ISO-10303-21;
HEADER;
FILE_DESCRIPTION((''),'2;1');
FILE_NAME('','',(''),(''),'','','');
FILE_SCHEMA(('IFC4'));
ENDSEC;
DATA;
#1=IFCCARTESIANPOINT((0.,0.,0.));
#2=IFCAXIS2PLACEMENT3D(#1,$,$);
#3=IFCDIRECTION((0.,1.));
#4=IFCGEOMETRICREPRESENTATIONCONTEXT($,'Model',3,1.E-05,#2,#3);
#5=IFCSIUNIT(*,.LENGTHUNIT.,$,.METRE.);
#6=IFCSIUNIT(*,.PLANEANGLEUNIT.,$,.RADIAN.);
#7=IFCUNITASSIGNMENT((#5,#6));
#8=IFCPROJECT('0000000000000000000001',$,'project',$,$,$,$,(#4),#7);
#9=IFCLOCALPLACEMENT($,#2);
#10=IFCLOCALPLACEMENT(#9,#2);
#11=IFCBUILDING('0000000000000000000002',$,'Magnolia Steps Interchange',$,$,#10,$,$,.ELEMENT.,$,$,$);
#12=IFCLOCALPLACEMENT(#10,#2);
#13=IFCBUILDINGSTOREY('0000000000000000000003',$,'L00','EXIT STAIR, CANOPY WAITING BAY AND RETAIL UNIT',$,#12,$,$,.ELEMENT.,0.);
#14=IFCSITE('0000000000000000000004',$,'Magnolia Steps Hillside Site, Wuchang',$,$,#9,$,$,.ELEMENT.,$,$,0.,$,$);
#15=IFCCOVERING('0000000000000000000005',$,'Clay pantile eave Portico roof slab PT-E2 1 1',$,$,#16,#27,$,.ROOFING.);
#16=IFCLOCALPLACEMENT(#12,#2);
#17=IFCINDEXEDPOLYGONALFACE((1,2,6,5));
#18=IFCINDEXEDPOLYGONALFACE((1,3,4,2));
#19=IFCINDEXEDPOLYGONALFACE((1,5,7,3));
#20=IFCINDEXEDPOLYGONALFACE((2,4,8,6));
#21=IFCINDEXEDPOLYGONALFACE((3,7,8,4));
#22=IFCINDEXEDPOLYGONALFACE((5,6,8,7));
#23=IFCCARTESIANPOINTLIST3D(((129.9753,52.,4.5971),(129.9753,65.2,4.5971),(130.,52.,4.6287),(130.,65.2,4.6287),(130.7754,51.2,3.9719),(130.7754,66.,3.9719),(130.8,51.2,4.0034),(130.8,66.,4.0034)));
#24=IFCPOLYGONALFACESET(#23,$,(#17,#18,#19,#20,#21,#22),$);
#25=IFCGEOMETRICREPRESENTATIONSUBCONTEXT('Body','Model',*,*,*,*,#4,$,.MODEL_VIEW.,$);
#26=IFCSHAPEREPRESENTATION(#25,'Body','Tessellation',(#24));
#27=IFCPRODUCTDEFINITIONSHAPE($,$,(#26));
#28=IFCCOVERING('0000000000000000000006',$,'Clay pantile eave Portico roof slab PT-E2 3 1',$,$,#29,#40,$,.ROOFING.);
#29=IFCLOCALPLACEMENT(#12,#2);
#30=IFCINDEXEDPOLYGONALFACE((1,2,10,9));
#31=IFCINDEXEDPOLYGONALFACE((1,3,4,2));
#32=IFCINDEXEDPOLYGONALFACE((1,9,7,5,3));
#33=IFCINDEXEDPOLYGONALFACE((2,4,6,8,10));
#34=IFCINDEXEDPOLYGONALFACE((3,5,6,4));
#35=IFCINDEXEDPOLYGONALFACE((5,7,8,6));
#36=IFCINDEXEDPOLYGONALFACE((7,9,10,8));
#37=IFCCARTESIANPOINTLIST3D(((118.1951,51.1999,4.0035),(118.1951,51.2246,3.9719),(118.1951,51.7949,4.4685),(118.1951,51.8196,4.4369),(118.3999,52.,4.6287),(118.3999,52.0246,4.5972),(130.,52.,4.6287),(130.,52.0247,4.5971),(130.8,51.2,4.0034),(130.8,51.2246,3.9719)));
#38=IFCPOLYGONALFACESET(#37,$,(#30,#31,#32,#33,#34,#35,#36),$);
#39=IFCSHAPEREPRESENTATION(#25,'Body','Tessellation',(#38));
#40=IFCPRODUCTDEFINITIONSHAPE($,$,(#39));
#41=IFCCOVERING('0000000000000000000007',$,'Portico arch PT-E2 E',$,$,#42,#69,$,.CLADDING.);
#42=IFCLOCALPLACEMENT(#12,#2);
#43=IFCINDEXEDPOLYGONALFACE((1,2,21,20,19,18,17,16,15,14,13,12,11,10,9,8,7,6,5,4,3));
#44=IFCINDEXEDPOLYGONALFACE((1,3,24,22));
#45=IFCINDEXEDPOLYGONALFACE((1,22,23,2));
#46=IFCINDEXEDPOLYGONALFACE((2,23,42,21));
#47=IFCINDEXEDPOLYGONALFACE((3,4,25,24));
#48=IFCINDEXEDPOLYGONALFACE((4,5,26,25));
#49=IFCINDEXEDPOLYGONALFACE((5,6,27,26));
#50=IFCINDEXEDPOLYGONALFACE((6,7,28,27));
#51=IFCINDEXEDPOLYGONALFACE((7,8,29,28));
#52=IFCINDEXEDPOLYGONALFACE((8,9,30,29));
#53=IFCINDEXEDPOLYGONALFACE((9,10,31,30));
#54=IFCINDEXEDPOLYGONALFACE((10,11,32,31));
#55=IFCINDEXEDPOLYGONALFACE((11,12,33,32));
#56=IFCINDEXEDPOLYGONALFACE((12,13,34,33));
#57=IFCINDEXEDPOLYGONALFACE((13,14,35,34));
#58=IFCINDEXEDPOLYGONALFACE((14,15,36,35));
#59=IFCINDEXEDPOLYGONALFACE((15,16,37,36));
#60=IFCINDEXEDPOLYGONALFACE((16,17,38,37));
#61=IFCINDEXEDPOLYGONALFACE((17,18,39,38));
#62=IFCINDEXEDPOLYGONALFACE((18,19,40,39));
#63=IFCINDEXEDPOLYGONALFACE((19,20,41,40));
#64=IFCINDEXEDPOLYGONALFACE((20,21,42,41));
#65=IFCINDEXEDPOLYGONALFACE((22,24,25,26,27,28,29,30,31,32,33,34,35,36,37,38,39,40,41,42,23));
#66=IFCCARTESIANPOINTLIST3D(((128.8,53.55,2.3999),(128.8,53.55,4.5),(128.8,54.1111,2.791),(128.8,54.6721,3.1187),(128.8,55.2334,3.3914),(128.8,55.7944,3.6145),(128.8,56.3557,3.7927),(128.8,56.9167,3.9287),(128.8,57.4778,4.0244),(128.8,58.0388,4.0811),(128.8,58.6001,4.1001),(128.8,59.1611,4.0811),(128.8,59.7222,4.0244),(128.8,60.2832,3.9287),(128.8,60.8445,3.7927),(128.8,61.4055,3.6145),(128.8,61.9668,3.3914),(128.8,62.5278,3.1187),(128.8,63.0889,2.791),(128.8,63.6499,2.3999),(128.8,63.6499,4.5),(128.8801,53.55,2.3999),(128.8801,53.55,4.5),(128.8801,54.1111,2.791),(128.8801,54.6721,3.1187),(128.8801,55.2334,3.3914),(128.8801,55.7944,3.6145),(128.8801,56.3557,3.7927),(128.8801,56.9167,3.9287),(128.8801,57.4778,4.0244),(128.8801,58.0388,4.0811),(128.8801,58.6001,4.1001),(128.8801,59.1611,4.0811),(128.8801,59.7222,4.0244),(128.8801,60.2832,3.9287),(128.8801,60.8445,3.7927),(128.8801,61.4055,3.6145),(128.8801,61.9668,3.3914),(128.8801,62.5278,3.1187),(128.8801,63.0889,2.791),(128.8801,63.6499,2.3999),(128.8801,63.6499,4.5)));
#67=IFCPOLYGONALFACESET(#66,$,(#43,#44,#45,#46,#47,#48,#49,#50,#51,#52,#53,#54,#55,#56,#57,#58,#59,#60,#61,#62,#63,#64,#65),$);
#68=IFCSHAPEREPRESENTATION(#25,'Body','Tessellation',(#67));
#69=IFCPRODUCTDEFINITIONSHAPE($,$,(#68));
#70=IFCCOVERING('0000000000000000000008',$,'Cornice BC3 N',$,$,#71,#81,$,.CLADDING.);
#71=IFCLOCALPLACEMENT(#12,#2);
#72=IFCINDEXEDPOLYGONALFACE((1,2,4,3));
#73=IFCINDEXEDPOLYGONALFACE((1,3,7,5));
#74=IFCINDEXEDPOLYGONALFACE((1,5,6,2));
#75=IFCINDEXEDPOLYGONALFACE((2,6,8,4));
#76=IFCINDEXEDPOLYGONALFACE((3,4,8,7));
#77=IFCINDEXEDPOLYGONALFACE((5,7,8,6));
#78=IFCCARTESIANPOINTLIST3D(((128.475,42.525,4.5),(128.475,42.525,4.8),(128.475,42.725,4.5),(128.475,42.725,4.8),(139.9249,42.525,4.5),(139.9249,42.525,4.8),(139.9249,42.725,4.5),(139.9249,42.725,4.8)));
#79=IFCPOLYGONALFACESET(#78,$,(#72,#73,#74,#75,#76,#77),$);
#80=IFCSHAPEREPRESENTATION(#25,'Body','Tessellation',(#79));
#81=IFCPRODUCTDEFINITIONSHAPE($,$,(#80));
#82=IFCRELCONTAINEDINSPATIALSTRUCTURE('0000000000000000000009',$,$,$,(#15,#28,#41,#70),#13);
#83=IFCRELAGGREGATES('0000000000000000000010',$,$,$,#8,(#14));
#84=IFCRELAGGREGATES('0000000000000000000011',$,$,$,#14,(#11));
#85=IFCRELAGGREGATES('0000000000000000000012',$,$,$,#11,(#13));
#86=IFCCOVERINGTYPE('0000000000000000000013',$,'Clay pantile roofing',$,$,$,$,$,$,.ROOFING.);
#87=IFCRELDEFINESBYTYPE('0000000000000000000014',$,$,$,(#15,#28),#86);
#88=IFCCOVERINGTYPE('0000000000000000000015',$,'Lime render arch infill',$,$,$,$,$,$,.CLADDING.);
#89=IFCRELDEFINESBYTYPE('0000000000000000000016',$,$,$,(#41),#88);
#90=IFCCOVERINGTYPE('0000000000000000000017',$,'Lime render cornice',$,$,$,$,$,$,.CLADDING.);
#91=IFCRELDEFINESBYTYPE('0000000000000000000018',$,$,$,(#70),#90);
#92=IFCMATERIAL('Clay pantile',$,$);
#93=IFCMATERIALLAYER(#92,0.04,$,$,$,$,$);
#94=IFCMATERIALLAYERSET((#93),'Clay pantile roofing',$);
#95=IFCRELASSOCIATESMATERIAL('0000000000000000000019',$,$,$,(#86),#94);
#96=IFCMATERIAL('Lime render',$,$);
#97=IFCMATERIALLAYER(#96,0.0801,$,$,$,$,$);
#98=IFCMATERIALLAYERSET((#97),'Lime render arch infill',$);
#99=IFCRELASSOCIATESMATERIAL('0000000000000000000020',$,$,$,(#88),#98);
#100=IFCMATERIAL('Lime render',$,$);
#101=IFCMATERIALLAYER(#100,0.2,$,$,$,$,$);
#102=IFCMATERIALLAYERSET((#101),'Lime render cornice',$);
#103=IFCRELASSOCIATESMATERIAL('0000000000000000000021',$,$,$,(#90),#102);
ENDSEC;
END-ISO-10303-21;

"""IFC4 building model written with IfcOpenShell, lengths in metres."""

from ifc_helpers import new_model, si_unit, direction, frame, origin, origin_2d, place, context, subcontext, project, spatial, polyline, rectangle, outline, extrude, material, layer, layer_set, type_object, element, save


model = new_model("IFC4")

# Units and contexts
model_context = context("Model", 3, precision=1e-05, world=origin(), true_north=direction((0.0, 1.0)))
body_context = subcontext(model_context, "Body", "Model", "MODEL_VIEW")
ifc_project = project(units=[si_unit("LENGTHUNIT", "METRE"), si_unit("PLANEANGLEUNIT", "RADIAN")], contexts=[model_context])

# Site, building, storey
site_placement = place(None, origin())
site = spatial("IfcSite", under=ifc_project, at=site_placement, Name="Magnolia Steps Hillside Site, Wuchang", CompositionType="ELEMENT", RefElevation=0.0)
building_placement = place(site_placement, origin())
building = spatial("IfcBuilding", under=site, at=building_placement, Name="Magnolia Steps Interchange", CompositionType="ELEMENT")
storey_placement = place(building_placement, origin())
storey = spatial("IfcBuildingStorey", under=building, at=storey_placement, Name="L00", Description="EXIT STAIR, CANOPY WAITING BAY AND RETAIL UNIT", CompositionType="ELEMENT", Elevation=0.0)

# Coverings
ifc_material_1 = material(Name="Clay pantile")
ifc_layer_1 = layer(ifc_material_1, 0.04)
ifc_layer_set_1 = layer_set([ifc_layer_1], Name="Clay pantile roofing")
covering_type_1 = type_object("IfcCoveringType", Name="Clay pantile roofing", PredefinedType="ROOFING", material=ifc_layer_set_1)
covering_1_placement = place(storey_placement, frame((130.0, 52.0, 4.6287), z_axis=(0.61577, 0.0, 0.787926), x_axis=(0.0, 1.0, 0.0)))
element("IfcCovering", 1, at=covering_1_placement, inside=storey, type_object=covering_type_1, Name="Clay pantile eave Portico roof slab PT-E2 1 1", PredefinedType="ROOFING", context=body_context, shape_type="SweptSolid", body=[
    extrude(outline(polyline([(0.0, 0.0), (13.2, 0.0), (14.0, -1.0154), (-0.8, -1.0154), (0.0, 0.0)])), origin(), (0.0, 0.0, -1.0), 0.04),
])
covering_2_placement = place(storey_placement, frame((130.8, 51.2, 4.0034), z_axis=(0.000004, -0.615771, 0.787925), x_axis=(-1.0, -0.000002, 0.000003)))
element("IfcCovering", 2, at=covering_2_placement, inside=storey, type_object=covering_type_1, Name="Clay pantile eave Portico roof slab PT-E2 3 1", PredefinedType="ROOFING", context=body_context, shape_type="SweptSolid", body=[
    extrude(outline(polyline([(0.0, 0.0), (12.605, 0.0), (12.605, -0.7552), (12.4001, -1.0154), (0.8, -1.0154), (0.0, 0.0)])), origin(), (0.0, 0.0, -1.0), 0.04),
])
ifc_material_2 = material(Name="Lime render")
ifc_layer_2 = layer(ifc_material_2, 0.0801)
ifc_layer_set_2 = layer_set([ifc_layer_2], Name="Lime render arch infill")
covering_type_2 = type_object("IfcCoveringType", Name="Lime render arch infill", PredefinedType="CLADDING", material=ifc_layer_set_2)
covering_3_placement = place(storey_placement, frame((128.8, 53.55, 2.3999), z_axis=(-1.0, 0.0, 0.0), x_axis=(0.0, 0.0, 1.0)))
element("IfcCovering", 3, at=covering_3_placement, inside=storey, type_object=covering_type_2, Name="Portico arch PT-E2 E", PredefinedType="CLADDING", context=body_context, shape_type="SweptSolid", body=[
    extrude(outline(polyline([(0.0, 0.0), (2.1001, 0.0), (2.1001, 10.0999), (0.0, 10.0999), (0.3911, 9.5388), (0.7188, 8.9778), (0.9915, 8.4167), (1.2146, 7.8555), (1.3928, 7.2944), (1.5288, 6.7332), (1.6245, 6.1721), (1.6812, 5.6111), (1.7002, 5.05), (1.6812, 4.4888), (1.6245, 3.9277), (1.5288, 3.3667), (1.3928, 2.8057), (1.2146, 2.2444), (0.9915, 1.6833), (0.7188, 1.1221), (0.3911, 0.561), (0.0, 0.0)])), origin(), (0.0, 0.0, -1.0), 0.0801),
])
ifc_material_3 = material(Name="Lime render")
ifc_layer_3 = layer(ifc_material_3, 0.2)
ifc_layer_set_3 = layer_set([ifc_layer_3], Name="Lime render cornice")
covering_type_3 = type_object("IfcCoveringType", Name="Lime render cornice", PredefinedType="CLADDING", material=ifc_layer_set_3)
covering_4_placement = place(storey_placement, frame((134.2, 42.625, 4.5), z_axis=(0.0, 0.0, 1.0), x_axis=(1.0, 0.0, 0.0)))
element("IfcCovering", 4, at=covering_4_placement, inside=storey, type_object=covering_type_3, Name="Cornice BC3 N", PredefinedType="CLADDING", context=body_context, shape_type="SweptSolid", body=[
    extrude(rectangle(XDim=11.45, YDim=0.2, at=origin_2d()), origin(), (0.0, 0.0, 1.0), 0.3),
])

save(model, "model.ifc")
